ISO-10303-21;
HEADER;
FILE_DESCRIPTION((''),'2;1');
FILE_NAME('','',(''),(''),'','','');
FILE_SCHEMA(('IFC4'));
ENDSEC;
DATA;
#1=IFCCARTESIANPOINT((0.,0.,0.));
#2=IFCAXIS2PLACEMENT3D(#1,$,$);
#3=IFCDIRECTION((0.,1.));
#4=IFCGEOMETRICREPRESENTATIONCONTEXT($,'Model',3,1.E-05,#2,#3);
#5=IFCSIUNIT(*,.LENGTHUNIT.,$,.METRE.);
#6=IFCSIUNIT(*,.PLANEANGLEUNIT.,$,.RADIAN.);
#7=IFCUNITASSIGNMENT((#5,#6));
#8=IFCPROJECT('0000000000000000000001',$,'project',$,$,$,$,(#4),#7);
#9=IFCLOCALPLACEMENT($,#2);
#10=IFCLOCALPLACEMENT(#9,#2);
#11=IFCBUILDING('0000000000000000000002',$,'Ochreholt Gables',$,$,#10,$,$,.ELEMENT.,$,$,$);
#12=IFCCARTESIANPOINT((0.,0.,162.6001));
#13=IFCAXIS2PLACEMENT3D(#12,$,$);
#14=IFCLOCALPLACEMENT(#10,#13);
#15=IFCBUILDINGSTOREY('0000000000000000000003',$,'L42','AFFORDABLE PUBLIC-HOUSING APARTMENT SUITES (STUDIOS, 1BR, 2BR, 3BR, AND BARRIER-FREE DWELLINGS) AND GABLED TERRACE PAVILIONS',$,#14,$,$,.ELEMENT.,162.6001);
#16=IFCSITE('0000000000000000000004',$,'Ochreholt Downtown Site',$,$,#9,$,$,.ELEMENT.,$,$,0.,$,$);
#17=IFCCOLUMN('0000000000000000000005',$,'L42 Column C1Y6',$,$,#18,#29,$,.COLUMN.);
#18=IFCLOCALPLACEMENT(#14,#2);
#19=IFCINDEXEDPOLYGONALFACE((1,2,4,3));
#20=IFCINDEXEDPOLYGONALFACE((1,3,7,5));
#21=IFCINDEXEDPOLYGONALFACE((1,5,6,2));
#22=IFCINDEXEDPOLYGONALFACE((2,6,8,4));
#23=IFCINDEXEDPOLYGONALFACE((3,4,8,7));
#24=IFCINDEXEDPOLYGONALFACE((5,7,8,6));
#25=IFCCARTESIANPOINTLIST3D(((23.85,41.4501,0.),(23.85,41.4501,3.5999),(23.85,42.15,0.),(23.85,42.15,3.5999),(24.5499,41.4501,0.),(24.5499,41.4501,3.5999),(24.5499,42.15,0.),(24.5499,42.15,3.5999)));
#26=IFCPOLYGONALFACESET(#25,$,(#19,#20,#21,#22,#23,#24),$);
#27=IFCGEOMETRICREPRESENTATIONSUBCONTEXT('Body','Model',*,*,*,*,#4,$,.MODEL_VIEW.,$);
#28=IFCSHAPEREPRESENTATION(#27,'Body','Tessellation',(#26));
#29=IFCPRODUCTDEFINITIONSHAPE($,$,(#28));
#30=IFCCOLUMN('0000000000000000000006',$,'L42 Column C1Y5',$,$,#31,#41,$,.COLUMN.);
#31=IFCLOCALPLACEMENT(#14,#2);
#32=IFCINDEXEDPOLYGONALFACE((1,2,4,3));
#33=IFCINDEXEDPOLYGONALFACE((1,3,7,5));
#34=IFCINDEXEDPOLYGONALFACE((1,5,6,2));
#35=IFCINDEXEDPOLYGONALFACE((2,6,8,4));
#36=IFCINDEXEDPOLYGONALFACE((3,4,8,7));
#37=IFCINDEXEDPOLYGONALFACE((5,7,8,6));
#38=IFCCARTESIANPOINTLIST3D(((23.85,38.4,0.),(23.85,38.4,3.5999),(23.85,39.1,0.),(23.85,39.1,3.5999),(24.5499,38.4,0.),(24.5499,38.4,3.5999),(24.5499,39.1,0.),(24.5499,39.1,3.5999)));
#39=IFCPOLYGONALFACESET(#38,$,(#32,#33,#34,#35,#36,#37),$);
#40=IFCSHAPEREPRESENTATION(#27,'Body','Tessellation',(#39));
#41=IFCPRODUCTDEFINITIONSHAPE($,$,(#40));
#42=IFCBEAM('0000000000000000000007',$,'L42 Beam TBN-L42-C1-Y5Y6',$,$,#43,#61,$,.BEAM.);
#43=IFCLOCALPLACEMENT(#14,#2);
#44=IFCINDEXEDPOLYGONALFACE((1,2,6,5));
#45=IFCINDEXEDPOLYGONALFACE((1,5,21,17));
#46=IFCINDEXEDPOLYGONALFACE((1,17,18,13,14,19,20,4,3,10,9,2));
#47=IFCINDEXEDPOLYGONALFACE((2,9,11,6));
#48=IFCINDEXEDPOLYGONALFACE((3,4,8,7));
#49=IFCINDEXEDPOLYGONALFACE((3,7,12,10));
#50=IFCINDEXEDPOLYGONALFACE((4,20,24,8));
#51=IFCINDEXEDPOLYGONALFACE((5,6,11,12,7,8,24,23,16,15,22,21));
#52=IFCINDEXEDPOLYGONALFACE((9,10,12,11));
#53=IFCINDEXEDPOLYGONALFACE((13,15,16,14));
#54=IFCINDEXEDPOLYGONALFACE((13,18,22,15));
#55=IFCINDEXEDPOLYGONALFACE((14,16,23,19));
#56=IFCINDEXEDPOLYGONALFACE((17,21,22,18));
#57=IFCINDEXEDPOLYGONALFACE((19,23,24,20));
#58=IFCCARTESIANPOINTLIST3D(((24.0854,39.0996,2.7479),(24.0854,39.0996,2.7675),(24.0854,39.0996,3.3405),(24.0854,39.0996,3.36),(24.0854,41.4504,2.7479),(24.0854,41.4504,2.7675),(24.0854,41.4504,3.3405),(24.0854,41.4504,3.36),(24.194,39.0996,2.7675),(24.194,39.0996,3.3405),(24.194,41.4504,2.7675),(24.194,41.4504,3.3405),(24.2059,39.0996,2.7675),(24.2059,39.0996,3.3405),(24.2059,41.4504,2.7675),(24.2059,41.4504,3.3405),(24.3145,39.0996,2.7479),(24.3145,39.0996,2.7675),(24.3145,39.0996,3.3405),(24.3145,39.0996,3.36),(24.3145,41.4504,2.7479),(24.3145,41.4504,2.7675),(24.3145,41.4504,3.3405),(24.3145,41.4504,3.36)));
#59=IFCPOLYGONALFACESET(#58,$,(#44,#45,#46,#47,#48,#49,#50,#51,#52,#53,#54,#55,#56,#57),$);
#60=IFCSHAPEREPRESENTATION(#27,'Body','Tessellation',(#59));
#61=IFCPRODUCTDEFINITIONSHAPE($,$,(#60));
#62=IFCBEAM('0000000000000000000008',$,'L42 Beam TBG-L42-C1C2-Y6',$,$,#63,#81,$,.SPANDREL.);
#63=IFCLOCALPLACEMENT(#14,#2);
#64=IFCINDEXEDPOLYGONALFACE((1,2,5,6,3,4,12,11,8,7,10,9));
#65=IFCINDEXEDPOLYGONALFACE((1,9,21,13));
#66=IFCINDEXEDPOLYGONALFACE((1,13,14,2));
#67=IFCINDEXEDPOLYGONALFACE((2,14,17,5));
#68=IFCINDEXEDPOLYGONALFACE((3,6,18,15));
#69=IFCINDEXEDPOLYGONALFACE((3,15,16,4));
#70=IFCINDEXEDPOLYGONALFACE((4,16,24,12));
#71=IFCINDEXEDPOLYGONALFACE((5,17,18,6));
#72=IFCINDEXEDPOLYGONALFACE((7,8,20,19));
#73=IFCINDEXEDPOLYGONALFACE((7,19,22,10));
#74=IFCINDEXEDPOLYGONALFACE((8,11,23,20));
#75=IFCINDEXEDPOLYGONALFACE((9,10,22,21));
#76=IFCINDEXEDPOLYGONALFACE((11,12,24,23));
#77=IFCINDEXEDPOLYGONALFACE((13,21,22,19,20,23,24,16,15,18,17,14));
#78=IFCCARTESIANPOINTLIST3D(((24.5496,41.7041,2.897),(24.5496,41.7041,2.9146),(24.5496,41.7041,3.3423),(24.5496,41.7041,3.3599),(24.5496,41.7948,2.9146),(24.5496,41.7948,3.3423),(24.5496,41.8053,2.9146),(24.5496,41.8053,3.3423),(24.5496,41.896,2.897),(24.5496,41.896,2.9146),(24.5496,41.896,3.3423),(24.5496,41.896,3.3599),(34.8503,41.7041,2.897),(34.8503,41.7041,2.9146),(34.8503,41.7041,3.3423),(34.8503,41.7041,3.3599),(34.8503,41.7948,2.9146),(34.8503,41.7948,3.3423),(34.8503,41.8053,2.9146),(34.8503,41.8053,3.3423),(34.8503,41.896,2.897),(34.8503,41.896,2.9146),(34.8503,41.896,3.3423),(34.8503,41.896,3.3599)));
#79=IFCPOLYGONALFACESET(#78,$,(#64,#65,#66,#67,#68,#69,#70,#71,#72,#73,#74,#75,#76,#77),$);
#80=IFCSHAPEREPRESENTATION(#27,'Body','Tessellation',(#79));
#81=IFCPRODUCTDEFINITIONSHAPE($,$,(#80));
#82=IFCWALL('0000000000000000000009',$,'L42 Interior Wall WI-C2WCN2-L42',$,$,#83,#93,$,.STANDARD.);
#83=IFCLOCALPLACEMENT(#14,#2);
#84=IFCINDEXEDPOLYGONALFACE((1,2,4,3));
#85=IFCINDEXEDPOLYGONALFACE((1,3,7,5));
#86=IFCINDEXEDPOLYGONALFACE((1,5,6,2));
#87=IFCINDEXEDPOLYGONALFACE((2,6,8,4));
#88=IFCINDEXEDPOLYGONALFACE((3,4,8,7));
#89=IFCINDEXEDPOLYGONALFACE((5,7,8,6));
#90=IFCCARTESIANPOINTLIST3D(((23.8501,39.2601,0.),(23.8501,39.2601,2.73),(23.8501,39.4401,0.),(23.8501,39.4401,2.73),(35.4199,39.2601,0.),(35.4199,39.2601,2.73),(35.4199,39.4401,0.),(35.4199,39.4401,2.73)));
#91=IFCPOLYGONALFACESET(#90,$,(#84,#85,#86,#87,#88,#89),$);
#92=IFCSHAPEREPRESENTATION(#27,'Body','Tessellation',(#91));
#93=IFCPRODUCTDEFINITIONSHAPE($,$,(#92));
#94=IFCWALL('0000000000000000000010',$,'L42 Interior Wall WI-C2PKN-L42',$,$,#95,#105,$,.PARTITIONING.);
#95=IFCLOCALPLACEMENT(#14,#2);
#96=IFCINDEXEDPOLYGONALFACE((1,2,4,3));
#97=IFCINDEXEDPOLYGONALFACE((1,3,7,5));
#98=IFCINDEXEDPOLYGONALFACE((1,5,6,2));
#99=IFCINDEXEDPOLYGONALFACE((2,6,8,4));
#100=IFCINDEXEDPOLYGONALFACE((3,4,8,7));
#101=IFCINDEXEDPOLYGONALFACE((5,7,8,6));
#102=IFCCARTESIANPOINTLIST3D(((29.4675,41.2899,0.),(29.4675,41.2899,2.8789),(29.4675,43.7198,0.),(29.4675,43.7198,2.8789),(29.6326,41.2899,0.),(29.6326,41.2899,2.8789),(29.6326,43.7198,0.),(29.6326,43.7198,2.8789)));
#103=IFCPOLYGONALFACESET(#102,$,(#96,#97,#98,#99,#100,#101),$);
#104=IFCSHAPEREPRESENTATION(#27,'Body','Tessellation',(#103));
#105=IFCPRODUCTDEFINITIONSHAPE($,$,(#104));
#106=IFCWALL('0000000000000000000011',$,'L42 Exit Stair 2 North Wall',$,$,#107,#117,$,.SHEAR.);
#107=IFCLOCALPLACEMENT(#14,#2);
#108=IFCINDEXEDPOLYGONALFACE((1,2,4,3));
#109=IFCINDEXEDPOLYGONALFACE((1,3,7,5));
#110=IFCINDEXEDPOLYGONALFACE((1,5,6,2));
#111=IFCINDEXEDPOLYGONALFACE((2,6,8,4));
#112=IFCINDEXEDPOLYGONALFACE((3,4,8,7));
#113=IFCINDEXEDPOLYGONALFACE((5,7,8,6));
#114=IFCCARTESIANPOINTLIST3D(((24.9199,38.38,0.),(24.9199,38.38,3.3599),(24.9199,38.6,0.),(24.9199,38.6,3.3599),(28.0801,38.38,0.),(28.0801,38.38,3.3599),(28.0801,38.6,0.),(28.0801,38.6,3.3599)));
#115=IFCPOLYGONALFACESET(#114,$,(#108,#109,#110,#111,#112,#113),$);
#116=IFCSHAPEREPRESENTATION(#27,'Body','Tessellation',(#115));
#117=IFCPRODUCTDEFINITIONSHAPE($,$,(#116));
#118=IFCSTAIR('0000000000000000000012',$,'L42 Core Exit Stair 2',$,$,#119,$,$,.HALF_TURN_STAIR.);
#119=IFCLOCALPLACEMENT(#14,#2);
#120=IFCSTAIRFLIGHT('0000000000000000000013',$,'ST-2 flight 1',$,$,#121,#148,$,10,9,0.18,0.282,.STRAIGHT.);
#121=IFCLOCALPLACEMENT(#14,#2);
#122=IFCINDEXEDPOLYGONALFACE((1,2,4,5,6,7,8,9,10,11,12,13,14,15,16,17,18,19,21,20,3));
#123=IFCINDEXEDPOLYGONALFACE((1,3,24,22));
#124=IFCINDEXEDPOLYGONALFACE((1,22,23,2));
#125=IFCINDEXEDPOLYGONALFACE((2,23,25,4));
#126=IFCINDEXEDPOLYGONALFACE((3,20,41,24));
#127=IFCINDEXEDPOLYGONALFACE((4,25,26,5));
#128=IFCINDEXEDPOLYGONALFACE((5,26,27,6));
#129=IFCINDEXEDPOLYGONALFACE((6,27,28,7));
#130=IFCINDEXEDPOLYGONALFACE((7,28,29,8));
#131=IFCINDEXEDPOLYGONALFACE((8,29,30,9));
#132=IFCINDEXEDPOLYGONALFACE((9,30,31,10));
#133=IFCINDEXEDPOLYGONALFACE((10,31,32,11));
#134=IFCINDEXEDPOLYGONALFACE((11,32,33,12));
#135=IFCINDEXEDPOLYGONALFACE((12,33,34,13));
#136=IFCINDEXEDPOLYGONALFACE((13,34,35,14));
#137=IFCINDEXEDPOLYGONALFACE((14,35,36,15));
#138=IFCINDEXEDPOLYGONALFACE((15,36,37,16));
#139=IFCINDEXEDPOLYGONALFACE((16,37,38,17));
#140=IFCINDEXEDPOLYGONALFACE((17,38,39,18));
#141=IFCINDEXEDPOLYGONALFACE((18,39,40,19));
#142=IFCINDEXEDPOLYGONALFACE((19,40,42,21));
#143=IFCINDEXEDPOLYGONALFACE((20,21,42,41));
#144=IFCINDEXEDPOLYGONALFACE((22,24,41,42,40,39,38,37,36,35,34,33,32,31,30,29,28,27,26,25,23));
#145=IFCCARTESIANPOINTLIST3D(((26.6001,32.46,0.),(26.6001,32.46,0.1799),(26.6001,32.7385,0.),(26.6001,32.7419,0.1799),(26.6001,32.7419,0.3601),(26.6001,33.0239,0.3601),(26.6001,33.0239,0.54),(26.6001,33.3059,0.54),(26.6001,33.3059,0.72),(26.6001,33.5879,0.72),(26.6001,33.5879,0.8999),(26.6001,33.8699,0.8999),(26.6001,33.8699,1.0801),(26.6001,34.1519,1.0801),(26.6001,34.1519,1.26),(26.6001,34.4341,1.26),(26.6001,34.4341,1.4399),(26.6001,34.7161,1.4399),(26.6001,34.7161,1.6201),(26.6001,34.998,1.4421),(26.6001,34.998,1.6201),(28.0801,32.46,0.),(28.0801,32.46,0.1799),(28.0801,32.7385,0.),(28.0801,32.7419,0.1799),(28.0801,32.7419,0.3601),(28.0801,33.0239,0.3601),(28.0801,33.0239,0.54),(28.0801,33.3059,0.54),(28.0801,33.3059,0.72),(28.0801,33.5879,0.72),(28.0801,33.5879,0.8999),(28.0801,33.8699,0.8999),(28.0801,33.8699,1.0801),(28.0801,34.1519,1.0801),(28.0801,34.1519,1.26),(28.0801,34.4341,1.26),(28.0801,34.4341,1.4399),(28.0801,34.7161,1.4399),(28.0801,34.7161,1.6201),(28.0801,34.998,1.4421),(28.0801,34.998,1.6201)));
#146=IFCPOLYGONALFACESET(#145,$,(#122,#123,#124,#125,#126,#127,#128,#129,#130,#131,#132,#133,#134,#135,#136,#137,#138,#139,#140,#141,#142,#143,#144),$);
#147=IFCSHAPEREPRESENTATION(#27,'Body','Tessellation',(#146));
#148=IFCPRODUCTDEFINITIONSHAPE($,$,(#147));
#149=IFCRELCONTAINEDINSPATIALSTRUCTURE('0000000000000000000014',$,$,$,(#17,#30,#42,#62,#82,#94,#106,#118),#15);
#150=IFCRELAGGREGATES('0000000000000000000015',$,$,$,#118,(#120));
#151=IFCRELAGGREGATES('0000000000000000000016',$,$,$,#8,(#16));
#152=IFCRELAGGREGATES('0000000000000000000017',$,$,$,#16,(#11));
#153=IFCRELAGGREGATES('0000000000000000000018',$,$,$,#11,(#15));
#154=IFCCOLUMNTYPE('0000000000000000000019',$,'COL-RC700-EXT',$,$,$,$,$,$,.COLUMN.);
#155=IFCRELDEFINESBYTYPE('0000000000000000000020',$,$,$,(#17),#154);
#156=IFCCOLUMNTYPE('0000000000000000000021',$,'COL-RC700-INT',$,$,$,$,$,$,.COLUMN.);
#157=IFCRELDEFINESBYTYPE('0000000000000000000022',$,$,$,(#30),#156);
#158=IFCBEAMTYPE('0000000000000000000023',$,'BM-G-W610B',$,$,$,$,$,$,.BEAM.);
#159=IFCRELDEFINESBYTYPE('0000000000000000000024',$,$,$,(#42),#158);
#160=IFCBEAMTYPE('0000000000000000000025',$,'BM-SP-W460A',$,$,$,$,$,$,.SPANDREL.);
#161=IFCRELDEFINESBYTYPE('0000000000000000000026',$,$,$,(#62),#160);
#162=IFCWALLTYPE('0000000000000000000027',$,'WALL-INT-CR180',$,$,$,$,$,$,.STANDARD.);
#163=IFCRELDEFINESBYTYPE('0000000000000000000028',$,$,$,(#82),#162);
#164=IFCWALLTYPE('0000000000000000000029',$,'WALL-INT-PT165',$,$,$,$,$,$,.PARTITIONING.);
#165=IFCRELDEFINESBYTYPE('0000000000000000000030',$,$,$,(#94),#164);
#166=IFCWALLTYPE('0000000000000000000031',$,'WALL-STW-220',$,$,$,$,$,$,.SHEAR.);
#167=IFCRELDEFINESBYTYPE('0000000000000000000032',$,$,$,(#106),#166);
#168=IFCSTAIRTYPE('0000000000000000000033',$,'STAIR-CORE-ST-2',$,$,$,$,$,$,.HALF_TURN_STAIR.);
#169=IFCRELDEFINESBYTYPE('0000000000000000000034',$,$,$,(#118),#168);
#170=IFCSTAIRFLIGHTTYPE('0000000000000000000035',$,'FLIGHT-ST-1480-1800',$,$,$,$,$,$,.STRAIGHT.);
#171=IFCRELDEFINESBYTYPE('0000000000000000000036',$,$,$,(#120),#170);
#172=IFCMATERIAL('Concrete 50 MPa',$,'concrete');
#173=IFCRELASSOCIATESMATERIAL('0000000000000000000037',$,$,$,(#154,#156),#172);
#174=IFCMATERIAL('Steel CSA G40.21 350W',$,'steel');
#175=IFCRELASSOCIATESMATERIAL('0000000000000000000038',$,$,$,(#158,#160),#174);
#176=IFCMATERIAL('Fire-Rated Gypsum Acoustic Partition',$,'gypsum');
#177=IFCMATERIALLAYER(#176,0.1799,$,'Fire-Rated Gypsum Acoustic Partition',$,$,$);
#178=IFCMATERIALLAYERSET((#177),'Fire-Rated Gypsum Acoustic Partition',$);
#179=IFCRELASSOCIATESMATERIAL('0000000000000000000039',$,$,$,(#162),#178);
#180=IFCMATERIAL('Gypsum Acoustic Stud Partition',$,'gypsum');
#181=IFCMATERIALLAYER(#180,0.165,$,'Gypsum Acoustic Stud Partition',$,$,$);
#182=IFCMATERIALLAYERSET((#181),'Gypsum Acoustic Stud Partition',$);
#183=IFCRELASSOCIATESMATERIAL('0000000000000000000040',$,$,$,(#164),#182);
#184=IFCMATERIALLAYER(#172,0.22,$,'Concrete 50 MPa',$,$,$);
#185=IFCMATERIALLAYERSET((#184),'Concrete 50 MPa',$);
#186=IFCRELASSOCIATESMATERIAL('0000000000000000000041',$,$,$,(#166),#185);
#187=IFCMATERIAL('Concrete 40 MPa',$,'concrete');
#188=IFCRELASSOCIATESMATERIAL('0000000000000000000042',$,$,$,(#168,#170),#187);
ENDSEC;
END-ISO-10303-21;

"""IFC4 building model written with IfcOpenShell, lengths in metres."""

from ifc_helpers import new_model, si_unit, direction, frame, frame_2d, origin, origin_2d, place, context, subcontext, project, spatial, polyline, rectangle, i_section, outline, extrude, material, layer, layer_set, material_profile, profile_set, type_object, element, aggregate, save


model = new_model("IFC4")

# Units and contexts
model_context = context("Model", 3, precision=1e-05, world=origin(), true_north=direction((0.0, 1.0)))
body_context = subcontext(model_context, "Body", "Model", "MODEL_VIEW")
ifc_project = project(units=[si_unit("LENGTHUNIT", "METRE"), si_unit("PLANEANGLEUNIT", "RADIAN")], contexts=[model_context])

# Site, building, storey
site_placement = place(None, origin())
site = spatial("IfcSite", under=ifc_project, at=site_placement, Name="Ochreholt Downtown Site", CompositionType="ELEMENT", RefElevation=0.0)
building_placement = place(site_placement, origin())
building = spatial("IfcBuilding", under=site, at=building_placement, Name="Ochreholt Gables", CompositionType="ELEMENT")
storey_placement = place(building_placement, frame((0.0, 0.0, 162.6001)))
storey = spatial("IfcBuildingStorey", under=building, at=storey_placement, Name="L42", Description="AFFORDABLE PUBLIC-HOUSING APARTMENT SUITES (STUDIOS, 1BR, 2BR, 3BR, AND BARRIER-FREE DWELLINGS) AND GABLED TERRACE PAVILIONS", CompositionType="ELEMENT", Elevation=162.6001)

# Columns
ifc_material_1 = material(Name="Concrete 50 MPa", Category="concrete")
ifc_material_profile_1 = material_profile(ifc_material_1, rectangle(XDim=0.7, YDim=0.7, at=origin_2d()), Name="RC700X700")
ifc_profile_set_1 = profile_set([ifc_material_profile_1], Name="Concrete 50 MPa")
column_type_1 = type_object("IfcColumnType", Name="COL-RC700-EXT", PredefinedType="COLUMN", material=ifc_profile_set_1)
column_1_placement = place(storey_placement, frame((24.2, 41.8, 0.0), z_axis=(0.0, 0.0, 1.0), x_axis=(1.0, 0.0, 0.0)))
element("IfcColumn", 1, at=column_1_placement, inside=storey, type_object=column_type_1, Name="L42 Column C1Y6", PredefinedType="COLUMN", context=body_context, shape_type="SweptSolid", body=[
    extrude(rectangle(XDim=0.7, YDim=0.7, at=origin_2d()), origin(), (0.0, 0.0, 1.0), 3.5999),
])
ifc_material_profile_2 = material_profile(ifc_material_1, rectangle(XDim=0.7, YDim=0.7, at=origin_2d()), Name="RC700X700")
ifc_profile_set_2 = profile_set([ifc_material_profile_2], Name="Concrete 50 MPa")
column_type_2 = type_object("IfcColumnType", Name="COL-RC700-INT", PredefinedType="COLUMN", material=ifc_profile_set_2)
column_2_placement = place(storey_placement, frame((24.2, 38.75, 0.0), z_axis=(0.0, 0.0, 1.0), x_axis=(1.0, 0.0, 0.0)))
element("IfcColumn", 2, at=column_2_placement, inside=storey, type_object=column_type_2, Name="L42 Column C1Y5", PredefinedType="COLUMN", context=body_context, shape_type="SweptSolid", body=[
    extrude(rectangle(XDim=0.7, YDim=0.7, at=origin_2d()), origin(), (0.0, 0.0, 1.0), 3.5999),
])

# Beams
ifc_material_2 = material(Name="Steel CSA G40.21 350W", Category="steel")
ifc_material_profile_3 = material_profile(ifc_material_2, i_section(OverallWidth=0.229, OverallDepth=0.6121, WebThickness=0.012, FlangeThickness=0.0195, at=origin_2d()), Name="W610X125")
ifc_profile_set_3 = profile_set([ifc_material_profile_3], Name="Steel CSA G40.21 350W")
beam_type_1 = type_object("IfcBeamType", Name="BM-G-W610B", PredefinedType="BEAM", material=ifc_profile_set_3)
beam_1_placement = place(storey_placement, frame((24.2, 39.0996, 3.054), z_axis=(0.0, 1.0, 0.0), x_axis=(-1.0, 0.0, 0.0)))
element("IfcBeam", 3, at=beam_1_placement, inside=storey, type_object=beam_type_1, Name="L42 Beam TBN-L42-C1-Y5Y6", PredefinedType="BEAM", context=body_context, shape_type="SweptSolid", body=[
    extrude(i_section(OverallWidth=0.229, OverallDepth=0.6121, WebThickness=0.012, FlangeThickness=0.0195, at=origin_2d()), origin(), (0.0, 0.0, 1.0), 2.3508),
])
ifc_material_profile_4 = material_profile(ifc_material_2, i_section(OverallWidth=0.1919, OverallDepth=0.4629, WebThickness=0.0105, FlangeThickness=0.0176, at=origin_2d()), Name="W460X89")
ifc_profile_set_4 = profile_set([ifc_material_profile_4], Name="Steel CSA G40.21 350W")
beam_type_2 = type_object("IfcBeamType", Name="BM-SP-W460A", PredefinedType="SPANDREL", material=ifc_profile_set_4)
beam_2_placement = place(storey_placement, frame((24.5496, 41.8, 3.1284), z_axis=(1.0, 0.0, 0.0), x_axis=(0.0, 1.0, 0.0)))
element("IfcBeam", 4, at=beam_2_placement, inside=storey, type_object=beam_type_2, Name="L42 Beam TBG-L42-C1C2-Y6", PredefinedType="SPANDREL", context=body_context, shape_type="SweptSolid", body=[
    extrude(i_section(OverallWidth=0.1919, OverallDepth=0.4629, WebThickness=0.0105, FlangeThickness=0.0176, at=origin_2d()), origin(), (0.0, 0.0, 1.0), 10.3008),
])

# Walls
ifc_material_3 = material(Name="Fire-Rated Gypsum Acoustic Partition", Category="gypsum")
ifc_layer_1 = layer(ifc_material_3, 0.1799, Name="Fire-Rated Gypsum Acoustic Partition")
ifc_layer_set_1 = layer_set([ifc_layer_1], Name="Fire-Rated Gypsum Acoustic Partition")
wall_type_1 = type_object("IfcWallType", Name="WALL-INT-CR180", PredefinedType="STANDARD", material=ifc_layer_set_1)
wall_1_placement = place(storey_placement, frame((23.8501, 39.3501, 0.0), z_axis=(0.0, 0.0, 1.0), x_axis=(1.0, 0.0, 0.0)))
element("IfcWall", 5, at=wall_1_placement, inside=storey, type_object=wall_type_1, Name="L42 Interior Wall WI-C2WCN2-L42", PredefinedType="STANDARD", context=body_context, shape_type="SweptSolid", body=[
    extrude(rectangle(XDim=11.5698, YDim=0.1799, at=frame_2d((5.7849, 0.0))), origin(), (0.0, 0.0, 1.0), 2.73),
])
ifc_material_4 = material(Name="Gypsum Acoustic Stud Partition", Category="gypsum")
ifc_layer_2 = layer(ifc_material_4, 0.165, Name="Gypsum Acoustic Stud Partition")
ifc_layer_set_2 = layer_set([ifc_layer_2], Name="Gypsum Acoustic Stud Partition")
wall_type_2 = type_object("IfcWallType", Name="WALL-INT-PT165", PredefinedType="PARTITIONING", material=ifc_layer_set_2)
wall_2_placement = place(storey_placement, frame((29.55, 41.29, 0.0), z_axis=(0.0, 0.0, 1.0), x_axis=(0.0, 1.0, 0.0)))
element("IfcWall", 6, at=wall_2_placement, inside=storey, type_object=wall_type_2, Name="L42 Interior Wall WI-C2PKN-L42", PredefinedType="PARTITIONING", context=body_context, shape_type="SweptSolid", body=[
    extrude(rectangle(XDim=2.4299, YDim=0.165, at=frame_2d((1.2148, 0.0))), origin(), (0.0, 0.0, 1.0), 2.8789),
])
ifc_layer_3 = layer(ifc_material_1, 0.22, Name="Concrete 50 MPa")
ifc_layer_set_3 = layer_set([ifc_layer_3], Name="Concrete 50 MPa")
wall_type_3 = type_object("IfcWallType", Name="WALL-STW-220", PredefinedType="SHEAR", material=ifc_layer_set_3)
wall_3_placement = place(storey_placement, frame((24.9199, 38.49, 0.0), z_axis=(0.0, 0.0, 1.0), x_axis=(1.0, 0.0, 0.0)))
element("IfcWall", 7, at=wall_3_placement, inside=storey, type_object=wall_type_3, Name="L42 Exit Stair 2 North Wall", PredefinedType="SHEAR", context=body_context, shape_type="SweptSolid", body=[
    extrude(rectangle(XDim=3.1602, YDim=0.22, at=frame_2d((1.5801, 0.0))), origin(), (0.0, 0.0, 1.0), 3.3599),
])

# Stair, stair flight
ifc_material_5 = material(Name="Concrete 40 MPa", Category="concrete")
stair_type = type_object("IfcStairType", Name="STAIR-CORE-ST-2", PredefinedType="HALF_TURN_STAIR", material=ifc_material_5)
stair_placement = place(storey_placement, origin())
stair = element("IfcStair", 8, at=stair_placement, inside=storey, type_object=stair_type, Name="L42 Core Exit Stair 2", PredefinedType="HALF_TURN_STAIR")
stair_flight_type = type_object("IfcStairFlightType", Name="FLIGHT-ST-1480-1800", PredefinedType="STRAIGHT", material=ifc_material_5)
stair_flight_1_placement = place(storey_placement, frame((27.3401, 32.46, 0.0), z_axis=(0.0, 0.0, 1.0), x_axis=(0.0, 1.0, 0.0)))
stair_flight_1 = element("IfcStairFlight", 9, at=stair_flight_1_placement, type_object=stair_flight_type, Name="ST-2 flight 1", NumberOfRisers=10, NumberOfTreads=9, PredefinedType="STRAIGHT", RiserHeight=0.18, TreadLength=0.282, context=body_context, shape_type="SweptSolid", body=[
    extrude(outline(polyline([(0.0, 0.0), (0.0, 0.1799), (0.282, 0.1799), (0.282, 0.3601), (0.564, 0.3601), (0.564, 0.54), (0.8459, 0.54), (0.8459, 0.72), (1.1279, 0.72), (1.1279, 0.8999), (1.4099, 0.8999), (1.4099, 1.0801), (1.6919, 1.0801), (1.6919, 1.26), (1.9741, 1.26), (1.9741, 1.4399), (2.2561, 1.4399), (2.2561, 1.6201), (2.5381, 1.6201), (2.5381, 1.8), (2.5381, 1.4421), (0.2786, 0.0), (0.0, 0.0)])), frame((0.0, 0.74, 0.0), z_axis=(0.0, -1.0, 0.0), x_axis=(1.0, 0.0, 0.0)), (0.0, 0.0, 1.0), 1.48),
])
aggregate(stair, [stair_flight_1])

save(model, "model.ifc")
